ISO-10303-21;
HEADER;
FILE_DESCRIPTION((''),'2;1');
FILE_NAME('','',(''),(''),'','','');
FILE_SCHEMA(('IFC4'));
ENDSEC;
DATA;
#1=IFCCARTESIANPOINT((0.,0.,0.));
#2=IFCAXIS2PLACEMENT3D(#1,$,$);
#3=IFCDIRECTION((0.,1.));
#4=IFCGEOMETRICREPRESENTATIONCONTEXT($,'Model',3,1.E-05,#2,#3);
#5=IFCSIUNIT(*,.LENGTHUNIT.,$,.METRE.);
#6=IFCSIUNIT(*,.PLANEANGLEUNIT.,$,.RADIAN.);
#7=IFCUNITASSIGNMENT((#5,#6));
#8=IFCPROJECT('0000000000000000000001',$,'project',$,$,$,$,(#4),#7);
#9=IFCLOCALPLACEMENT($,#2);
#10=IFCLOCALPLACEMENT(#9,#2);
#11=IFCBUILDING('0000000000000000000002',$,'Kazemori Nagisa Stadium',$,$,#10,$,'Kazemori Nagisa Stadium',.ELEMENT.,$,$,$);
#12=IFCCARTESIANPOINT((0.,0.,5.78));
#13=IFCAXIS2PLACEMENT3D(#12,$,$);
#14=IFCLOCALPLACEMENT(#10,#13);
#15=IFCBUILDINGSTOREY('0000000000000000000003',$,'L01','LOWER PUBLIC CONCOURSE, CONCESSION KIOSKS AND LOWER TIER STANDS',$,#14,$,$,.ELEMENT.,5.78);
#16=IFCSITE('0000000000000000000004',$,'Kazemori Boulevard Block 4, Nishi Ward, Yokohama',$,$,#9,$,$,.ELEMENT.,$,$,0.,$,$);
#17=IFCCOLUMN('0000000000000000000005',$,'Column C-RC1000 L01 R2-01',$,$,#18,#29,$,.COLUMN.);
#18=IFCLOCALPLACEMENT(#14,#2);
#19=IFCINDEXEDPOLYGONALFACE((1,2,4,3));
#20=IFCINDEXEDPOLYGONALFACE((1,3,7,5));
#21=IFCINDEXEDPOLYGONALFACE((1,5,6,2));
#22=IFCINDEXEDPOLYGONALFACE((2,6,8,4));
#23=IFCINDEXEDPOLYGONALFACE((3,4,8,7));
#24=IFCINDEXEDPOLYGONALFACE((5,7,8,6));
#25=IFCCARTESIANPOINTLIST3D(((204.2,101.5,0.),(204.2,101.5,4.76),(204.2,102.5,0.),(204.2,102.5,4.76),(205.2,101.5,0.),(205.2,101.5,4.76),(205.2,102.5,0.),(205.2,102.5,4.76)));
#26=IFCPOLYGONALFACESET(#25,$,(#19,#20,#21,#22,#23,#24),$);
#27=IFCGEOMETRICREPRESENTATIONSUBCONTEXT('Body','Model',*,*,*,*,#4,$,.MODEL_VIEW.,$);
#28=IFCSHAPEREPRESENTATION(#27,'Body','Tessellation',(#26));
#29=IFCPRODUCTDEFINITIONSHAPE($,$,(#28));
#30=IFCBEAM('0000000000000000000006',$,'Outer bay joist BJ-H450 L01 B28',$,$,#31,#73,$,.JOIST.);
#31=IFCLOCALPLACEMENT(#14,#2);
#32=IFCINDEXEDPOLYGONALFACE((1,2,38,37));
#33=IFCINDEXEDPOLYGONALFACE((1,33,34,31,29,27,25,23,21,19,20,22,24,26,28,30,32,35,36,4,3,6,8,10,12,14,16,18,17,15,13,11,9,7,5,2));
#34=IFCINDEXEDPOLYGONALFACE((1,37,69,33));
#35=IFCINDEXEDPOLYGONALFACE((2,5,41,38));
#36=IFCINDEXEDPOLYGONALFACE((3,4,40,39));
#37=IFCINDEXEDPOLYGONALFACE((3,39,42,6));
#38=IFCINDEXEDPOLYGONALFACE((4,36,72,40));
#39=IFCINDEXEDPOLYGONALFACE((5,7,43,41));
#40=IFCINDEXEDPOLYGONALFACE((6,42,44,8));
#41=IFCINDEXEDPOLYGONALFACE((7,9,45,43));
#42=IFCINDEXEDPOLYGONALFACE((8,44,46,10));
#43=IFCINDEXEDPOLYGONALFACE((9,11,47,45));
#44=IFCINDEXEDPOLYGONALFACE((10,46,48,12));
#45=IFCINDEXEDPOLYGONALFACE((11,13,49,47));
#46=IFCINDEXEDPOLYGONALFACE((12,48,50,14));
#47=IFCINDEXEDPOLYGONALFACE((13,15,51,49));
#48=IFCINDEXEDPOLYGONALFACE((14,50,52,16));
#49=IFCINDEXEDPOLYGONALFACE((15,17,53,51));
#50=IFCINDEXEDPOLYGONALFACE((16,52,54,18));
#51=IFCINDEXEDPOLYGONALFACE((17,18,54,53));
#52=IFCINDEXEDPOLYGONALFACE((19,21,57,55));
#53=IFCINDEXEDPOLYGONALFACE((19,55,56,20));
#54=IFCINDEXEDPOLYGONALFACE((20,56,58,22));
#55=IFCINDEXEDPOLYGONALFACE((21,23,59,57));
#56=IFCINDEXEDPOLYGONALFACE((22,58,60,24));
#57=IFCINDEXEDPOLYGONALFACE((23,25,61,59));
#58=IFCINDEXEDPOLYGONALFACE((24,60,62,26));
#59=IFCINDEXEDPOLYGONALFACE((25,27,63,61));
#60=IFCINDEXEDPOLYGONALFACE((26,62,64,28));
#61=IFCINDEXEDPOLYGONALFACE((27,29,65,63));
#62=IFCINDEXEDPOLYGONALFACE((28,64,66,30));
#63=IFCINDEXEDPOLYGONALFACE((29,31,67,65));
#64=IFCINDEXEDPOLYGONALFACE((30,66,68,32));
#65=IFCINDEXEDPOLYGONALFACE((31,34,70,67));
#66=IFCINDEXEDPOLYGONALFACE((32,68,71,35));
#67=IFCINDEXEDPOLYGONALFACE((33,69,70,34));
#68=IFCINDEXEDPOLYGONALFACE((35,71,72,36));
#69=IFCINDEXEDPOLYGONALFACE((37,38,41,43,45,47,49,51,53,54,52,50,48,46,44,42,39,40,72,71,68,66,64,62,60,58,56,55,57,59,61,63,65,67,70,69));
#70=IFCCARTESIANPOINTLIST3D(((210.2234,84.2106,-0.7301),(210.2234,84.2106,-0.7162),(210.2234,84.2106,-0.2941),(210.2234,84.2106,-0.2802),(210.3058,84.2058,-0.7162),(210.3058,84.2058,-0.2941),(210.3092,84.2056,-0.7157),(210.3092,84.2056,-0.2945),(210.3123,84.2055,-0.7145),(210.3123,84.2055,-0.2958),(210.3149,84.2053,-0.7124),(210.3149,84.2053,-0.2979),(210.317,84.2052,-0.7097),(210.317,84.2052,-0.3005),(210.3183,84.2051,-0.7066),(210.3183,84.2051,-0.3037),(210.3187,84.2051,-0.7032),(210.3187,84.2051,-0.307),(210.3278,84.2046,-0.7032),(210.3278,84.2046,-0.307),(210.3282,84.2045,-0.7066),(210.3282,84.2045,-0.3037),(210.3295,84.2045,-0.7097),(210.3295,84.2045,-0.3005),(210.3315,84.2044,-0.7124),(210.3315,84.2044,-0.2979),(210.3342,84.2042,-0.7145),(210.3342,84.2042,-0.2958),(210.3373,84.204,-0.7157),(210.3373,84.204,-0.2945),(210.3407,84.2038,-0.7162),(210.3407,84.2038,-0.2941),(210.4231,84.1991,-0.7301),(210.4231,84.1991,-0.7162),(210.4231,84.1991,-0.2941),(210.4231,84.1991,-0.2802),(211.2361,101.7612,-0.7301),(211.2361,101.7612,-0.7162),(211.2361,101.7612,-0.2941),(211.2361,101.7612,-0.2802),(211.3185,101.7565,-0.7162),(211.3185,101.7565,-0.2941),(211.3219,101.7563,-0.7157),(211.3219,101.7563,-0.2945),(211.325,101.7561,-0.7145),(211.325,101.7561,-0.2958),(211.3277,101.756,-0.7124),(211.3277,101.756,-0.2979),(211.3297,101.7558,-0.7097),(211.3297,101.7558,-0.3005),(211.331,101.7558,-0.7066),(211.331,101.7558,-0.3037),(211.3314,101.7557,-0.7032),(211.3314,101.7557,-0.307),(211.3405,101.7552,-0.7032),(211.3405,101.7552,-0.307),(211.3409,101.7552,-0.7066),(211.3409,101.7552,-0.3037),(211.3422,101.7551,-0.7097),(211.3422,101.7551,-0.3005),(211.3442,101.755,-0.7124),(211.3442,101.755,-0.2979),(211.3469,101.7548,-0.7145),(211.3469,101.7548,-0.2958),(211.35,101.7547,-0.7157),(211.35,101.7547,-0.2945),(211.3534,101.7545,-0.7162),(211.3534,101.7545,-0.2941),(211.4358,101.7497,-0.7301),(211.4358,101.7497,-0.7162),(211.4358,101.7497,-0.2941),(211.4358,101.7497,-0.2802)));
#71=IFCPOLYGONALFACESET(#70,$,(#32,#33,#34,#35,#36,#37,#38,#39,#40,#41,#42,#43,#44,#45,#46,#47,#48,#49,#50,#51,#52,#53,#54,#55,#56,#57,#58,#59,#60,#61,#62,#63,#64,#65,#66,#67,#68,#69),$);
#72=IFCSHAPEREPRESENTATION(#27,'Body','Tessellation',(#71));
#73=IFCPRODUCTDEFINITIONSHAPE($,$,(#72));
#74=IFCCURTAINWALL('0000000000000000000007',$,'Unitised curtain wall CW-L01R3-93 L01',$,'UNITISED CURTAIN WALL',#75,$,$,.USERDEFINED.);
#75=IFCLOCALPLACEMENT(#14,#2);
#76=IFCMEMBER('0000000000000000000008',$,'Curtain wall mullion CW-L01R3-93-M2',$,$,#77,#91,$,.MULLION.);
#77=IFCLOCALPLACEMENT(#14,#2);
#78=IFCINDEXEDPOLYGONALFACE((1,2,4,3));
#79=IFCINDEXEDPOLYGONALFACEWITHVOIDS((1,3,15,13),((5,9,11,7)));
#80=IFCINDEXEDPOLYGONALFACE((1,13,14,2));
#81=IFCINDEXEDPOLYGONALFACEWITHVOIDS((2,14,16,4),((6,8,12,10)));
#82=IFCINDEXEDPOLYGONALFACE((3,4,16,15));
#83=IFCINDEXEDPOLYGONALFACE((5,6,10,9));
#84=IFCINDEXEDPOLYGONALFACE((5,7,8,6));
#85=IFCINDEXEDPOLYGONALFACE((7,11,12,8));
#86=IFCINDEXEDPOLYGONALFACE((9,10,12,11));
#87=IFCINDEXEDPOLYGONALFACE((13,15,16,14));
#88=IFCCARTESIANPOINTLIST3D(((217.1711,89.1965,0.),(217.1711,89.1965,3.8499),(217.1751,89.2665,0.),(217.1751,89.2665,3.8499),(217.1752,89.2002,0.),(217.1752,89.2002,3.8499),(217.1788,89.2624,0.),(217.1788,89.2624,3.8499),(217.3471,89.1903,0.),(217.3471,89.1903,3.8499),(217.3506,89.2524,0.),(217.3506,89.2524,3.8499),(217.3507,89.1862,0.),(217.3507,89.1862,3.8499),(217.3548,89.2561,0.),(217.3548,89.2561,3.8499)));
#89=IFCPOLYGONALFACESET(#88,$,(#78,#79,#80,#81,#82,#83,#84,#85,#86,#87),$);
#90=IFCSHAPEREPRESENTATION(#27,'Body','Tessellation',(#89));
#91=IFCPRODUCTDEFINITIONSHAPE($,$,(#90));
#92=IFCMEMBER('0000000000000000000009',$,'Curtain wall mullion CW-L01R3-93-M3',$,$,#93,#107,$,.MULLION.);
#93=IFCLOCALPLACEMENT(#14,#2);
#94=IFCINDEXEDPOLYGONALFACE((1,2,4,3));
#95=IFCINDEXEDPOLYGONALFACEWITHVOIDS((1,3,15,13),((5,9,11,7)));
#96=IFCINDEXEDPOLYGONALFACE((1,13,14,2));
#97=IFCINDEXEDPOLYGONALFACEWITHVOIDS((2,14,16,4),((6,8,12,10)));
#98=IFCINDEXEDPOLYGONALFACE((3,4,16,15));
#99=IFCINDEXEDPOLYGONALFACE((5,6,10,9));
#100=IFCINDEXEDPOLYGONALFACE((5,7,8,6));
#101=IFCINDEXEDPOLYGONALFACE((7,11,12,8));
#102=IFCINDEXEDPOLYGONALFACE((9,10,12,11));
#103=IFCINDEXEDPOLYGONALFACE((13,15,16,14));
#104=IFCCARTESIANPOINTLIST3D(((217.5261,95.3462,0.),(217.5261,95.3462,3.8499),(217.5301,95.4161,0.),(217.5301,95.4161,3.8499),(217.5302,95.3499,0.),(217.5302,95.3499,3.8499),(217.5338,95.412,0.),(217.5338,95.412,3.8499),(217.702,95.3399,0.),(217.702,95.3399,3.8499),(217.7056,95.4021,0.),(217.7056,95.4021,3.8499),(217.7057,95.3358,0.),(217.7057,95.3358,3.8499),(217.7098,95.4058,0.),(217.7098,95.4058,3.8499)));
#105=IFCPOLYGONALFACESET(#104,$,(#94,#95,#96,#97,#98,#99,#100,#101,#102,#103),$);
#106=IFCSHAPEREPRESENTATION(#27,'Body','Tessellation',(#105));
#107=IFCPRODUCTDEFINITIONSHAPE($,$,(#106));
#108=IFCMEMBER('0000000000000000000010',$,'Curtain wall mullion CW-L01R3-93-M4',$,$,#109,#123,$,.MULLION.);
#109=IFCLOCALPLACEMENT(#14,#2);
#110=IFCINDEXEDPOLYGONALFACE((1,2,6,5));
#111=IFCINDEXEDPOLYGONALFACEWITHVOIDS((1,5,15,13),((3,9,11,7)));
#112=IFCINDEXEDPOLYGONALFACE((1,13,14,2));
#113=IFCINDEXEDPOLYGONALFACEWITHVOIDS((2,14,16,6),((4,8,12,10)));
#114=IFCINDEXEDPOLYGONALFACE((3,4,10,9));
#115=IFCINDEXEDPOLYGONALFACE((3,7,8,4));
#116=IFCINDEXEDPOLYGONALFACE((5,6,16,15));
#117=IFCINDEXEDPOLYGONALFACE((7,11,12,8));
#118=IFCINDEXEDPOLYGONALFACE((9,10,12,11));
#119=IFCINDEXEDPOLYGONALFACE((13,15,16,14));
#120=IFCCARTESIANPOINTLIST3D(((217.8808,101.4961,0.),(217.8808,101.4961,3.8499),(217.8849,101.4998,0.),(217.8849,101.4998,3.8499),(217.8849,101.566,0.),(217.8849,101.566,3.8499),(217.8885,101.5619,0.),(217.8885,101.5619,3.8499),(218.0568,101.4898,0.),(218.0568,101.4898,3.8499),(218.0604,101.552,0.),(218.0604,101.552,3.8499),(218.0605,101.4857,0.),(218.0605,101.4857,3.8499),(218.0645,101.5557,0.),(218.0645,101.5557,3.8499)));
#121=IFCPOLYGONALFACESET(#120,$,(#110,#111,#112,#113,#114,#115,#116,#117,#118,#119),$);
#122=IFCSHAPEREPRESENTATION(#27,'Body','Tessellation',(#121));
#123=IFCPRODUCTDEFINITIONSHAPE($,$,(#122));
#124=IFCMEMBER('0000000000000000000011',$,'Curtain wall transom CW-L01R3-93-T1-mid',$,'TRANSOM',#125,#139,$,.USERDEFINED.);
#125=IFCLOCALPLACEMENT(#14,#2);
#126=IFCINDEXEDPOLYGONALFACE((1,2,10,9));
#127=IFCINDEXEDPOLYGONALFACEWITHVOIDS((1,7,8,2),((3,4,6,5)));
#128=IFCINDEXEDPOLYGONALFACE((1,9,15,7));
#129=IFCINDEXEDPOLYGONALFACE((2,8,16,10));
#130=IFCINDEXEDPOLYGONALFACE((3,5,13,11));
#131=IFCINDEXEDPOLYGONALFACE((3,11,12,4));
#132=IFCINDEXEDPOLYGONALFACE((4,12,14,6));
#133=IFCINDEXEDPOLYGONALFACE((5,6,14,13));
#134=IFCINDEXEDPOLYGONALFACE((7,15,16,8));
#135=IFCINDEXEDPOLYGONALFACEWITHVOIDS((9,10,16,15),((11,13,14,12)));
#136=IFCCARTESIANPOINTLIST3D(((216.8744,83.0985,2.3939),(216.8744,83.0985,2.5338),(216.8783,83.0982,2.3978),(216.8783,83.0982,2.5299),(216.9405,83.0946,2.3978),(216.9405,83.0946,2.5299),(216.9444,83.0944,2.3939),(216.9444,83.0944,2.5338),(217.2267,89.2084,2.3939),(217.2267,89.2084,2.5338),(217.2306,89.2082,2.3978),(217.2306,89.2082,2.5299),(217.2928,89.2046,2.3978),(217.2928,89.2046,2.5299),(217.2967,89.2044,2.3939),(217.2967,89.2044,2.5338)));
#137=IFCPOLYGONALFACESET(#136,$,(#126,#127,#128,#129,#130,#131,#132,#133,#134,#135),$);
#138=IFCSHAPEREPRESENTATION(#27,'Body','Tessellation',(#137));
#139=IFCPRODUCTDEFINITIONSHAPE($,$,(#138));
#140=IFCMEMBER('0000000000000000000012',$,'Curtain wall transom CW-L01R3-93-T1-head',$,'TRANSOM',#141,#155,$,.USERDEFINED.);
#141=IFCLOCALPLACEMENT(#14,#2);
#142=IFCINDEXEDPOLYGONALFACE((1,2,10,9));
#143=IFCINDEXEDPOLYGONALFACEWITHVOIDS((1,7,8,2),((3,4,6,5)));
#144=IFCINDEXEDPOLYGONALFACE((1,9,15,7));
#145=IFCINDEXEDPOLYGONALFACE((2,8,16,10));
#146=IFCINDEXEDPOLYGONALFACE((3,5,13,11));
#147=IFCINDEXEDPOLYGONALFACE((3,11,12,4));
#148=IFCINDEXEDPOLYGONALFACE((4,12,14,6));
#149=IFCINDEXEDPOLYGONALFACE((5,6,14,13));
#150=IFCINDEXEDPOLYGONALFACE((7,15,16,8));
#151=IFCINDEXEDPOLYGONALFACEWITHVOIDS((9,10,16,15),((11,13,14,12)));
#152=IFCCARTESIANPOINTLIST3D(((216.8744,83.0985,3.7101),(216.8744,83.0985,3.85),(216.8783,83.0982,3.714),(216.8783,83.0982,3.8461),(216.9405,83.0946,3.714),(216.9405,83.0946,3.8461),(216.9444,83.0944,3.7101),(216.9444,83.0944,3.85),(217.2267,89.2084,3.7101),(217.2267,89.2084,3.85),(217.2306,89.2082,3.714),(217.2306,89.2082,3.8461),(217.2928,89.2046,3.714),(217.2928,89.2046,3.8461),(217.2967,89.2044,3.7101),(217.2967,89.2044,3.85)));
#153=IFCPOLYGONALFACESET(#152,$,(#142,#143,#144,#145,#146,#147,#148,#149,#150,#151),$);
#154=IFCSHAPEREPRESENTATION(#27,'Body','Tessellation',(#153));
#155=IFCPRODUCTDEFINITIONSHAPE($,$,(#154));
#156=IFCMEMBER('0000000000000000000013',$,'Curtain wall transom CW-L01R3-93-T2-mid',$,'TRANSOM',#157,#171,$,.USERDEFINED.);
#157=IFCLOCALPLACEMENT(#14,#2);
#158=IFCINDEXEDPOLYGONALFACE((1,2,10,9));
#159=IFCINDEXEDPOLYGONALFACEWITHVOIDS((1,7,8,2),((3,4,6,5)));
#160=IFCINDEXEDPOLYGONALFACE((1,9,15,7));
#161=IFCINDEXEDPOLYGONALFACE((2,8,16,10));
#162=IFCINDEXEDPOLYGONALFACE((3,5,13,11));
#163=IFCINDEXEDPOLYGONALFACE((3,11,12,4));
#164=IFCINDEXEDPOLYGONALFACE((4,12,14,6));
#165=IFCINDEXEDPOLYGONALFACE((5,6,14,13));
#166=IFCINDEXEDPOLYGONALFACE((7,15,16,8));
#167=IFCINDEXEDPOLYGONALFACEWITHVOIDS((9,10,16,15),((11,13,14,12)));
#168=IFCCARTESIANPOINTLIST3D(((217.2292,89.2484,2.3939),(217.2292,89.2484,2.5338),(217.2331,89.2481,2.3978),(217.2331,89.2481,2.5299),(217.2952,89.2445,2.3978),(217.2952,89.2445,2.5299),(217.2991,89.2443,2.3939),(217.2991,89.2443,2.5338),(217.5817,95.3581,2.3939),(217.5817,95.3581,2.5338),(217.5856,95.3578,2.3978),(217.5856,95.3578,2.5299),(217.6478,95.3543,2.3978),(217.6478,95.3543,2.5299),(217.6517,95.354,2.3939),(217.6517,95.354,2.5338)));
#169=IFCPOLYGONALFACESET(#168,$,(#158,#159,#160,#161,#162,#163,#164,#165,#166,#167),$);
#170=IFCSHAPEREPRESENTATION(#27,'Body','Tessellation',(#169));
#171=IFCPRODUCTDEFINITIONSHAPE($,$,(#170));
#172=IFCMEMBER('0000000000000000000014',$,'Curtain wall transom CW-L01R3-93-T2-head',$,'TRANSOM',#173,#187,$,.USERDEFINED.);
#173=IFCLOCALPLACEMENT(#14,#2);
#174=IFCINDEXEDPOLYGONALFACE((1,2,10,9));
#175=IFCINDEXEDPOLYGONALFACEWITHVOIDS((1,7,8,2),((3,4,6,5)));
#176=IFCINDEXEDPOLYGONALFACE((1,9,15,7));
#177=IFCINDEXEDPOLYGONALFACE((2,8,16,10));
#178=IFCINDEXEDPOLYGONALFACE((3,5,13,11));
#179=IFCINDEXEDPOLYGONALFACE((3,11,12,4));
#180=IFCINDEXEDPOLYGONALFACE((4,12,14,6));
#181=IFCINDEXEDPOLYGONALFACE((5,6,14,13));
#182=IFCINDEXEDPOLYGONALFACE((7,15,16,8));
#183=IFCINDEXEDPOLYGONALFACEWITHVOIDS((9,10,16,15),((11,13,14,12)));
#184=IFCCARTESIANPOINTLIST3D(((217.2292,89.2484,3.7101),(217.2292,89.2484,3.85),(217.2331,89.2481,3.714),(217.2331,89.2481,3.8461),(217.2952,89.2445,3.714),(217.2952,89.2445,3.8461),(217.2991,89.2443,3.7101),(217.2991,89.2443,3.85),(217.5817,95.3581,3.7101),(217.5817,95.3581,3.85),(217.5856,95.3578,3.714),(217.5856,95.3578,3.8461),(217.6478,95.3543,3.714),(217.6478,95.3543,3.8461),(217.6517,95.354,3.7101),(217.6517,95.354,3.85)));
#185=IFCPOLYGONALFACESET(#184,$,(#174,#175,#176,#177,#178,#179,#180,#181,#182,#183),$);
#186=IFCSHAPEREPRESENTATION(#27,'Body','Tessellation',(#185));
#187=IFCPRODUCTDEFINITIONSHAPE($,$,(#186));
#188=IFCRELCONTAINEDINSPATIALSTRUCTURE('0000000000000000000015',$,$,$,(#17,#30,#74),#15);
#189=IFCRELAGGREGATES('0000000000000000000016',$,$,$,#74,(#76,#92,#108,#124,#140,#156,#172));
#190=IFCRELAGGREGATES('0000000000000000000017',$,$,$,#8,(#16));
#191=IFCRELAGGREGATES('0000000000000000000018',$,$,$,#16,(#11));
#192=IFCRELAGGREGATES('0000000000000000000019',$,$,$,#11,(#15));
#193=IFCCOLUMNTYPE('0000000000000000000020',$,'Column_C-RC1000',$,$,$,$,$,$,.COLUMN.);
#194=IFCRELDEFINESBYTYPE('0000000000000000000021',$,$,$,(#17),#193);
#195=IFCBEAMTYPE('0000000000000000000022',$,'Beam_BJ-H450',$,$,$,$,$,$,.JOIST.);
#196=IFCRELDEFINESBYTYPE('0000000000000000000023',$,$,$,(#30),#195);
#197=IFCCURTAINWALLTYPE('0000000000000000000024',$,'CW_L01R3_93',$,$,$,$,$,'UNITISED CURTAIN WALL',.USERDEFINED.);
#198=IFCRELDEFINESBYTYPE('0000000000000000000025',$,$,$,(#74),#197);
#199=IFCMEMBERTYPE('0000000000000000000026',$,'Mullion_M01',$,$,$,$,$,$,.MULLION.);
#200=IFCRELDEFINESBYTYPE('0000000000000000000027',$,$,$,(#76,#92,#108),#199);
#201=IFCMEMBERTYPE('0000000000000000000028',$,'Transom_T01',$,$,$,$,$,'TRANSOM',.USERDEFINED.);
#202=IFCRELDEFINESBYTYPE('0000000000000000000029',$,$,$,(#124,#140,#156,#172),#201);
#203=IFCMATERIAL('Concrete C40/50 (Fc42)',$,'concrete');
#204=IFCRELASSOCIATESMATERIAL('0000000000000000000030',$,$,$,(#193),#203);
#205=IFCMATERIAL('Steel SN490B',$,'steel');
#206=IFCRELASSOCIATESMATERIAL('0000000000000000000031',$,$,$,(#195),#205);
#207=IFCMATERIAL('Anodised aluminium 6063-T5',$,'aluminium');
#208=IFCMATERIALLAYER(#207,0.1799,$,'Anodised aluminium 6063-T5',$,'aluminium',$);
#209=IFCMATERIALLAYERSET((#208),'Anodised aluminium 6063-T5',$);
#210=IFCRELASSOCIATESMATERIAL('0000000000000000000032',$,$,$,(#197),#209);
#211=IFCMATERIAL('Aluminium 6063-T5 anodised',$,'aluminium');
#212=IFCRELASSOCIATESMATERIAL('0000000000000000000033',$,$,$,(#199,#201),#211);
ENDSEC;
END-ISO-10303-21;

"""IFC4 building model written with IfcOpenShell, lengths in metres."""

from ifc_helpers import new_model, si_unit, direction, frame, origin, origin_2d, place, context, subcontext, project, spatial, rectangle, hollow_rectangle, i_section, extrude, material, layer, layer_set, material_profile, profile_set, type_object, element, aggregate, save


model = new_model("IFC4")

# Units and contexts
model_context = context("Model", 3, precision=1e-05, world=origin(), true_north=direction((0.0, 1.0)))
body_context = subcontext(model_context, "Body", "Model", "MODEL_VIEW")
ifc_project = project(units=[si_unit("LENGTHUNIT", "METRE"), si_unit("PLANEANGLEUNIT", "RADIAN")], contexts=[model_context])

# Site, building, storey
site_placement = place(None, origin())
site = spatial("IfcSite", under=ifc_project, at=site_placement, Name="Kazemori Boulevard Block 4, Nishi Ward, Yokohama", CompositionType="ELEMENT", RefElevation=0.0)
building_placement = place(site_placement, origin())
building = spatial("IfcBuilding", under=site, at=building_placement, Name="Kazemori Nagisa Stadium", LongName="Kazemori Nagisa Stadium", CompositionType="ELEMENT")
storey_placement = place(building_placement, frame((0.0, 0.0, 5.78)))
storey = spatial("IfcBuildingStorey", under=building, at=storey_placement, Name="L01", Description="LOWER PUBLIC CONCOURSE, CONCESSION KIOSKS AND LOWER TIER STANDS", CompositionType="ELEMENT", Elevation=5.78)

# Column
ifc_material_1 = material(Name="Concrete C40/50 (Fc42)", Category="concrete")
ifc_material_profile_1 = material_profile(ifc_material_1, rectangle(XDim=1.0, YDim=1.0, at=origin_2d()), Name="RC-COL-1000x1000")
ifc_profile_set_1 = profile_set([ifc_material_profile_1], Name="Concrete C40/50 (Fc42)")
column_type = type_object("IfcColumnType", Name="Column_C-RC1000", PredefinedType="COLUMN", material=ifc_profile_set_1)
column_placement = place(storey_placement, frame((204.7, 102.0, 0.0), z_axis=(0.0, 0.0, 1.0), x_axis=(1.0, 0.0, 0.0)))
element("IfcColumn", 1, at=column_placement, inside=storey, type_object=column_type, Name="Column C-RC1000 L01 R2-01", PredefinedType="COLUMN", context=body_context, shape_type="SweptSolid", body=[
    extrude(rectangle(XDim=1.0, YDim=1.0, at=origin_2d()), origin(), (0.0, 0.0, 1.0), 4.76),
])

# Beam
ifc_material_2 = material(Name="Steel SN490B", Category="steel")
ifc_material_profile_2 = material_profile(ifc_material_2, i_section(OverallWidth=0.2, OverallDepth=0.45, WebThickness=0.009, FlangeThickness=0.0139, FilletRadius=0.0129, at=origin_2d()), Name="H-450x200x9x14")
ifc_profile_set_2 = profile_set([ifc_material_profile_2], Name="Steel SN490B")
beam_type = type_object("IfcBeamType", Name="Beam_BJ-H450", PredefinedType="JOIST", material=ifc_profile_set_2)
beam_placement = place(storey_placement, frame((210.3232, 84.2048, -0.5051), z_axis=(0.057606, 0.998339, 0.0), x_axis=(-0.998339, 0.057606, 0.0)))
element("IfcBeam", 2, at=beam_placement, inside=storey, type_object=beam_type, Name="Outer bay joist BJ-H450 L01 B28", PredefinedType="JOIST", context=body_context, shape_type="SweptSolid", body=[
    extrude(i_section(OverallWidth=0.2, OverallDepth=0.45, WebThickness=0.009, FlangeThickness=0.0139, FilletRadius=0.0129, at=origin_2d()), origin(), (0.0, 0.0, 1.0), 17.5798),
])

# Curtain wall, members
ifc_material_3 = material(Name="Anodised aluminium 6063-T5", Category="aluminium")
ifc_layer_1 = layer(ifc_material_3, 0.1799, Name="Anodised aluminium 6063-T5", Category="aluminium")
ifc_layer_set_1 = layer_set([ifc_layer_1], Name="Anodised aluminium 6063-T5")
curtain_wall_type = type_object("IfcCurtainWallType", Name="CW_L01R3_93", ElementType="UNITISED CURTAIN WALL", PredefinedType="USERDEFINED", material=ifc_layer_set_1)
curtain_wall_placement = place(storey_placement, origin())
curtain_wall = element("IfcCurtainWall", 3, at=curtain_wall_placement, inside=storey, type_object=curtain_wall_type, Name="Unitised curtain wall CW-L01R3-93 L01", ObjectType="UNITISED CURTAIN WALL", PredefinedType="USERDEFINED")
ifc_material_4 = material(Name="Aluminium 6063-T5 anodised", Category="aluminium")
ifc_material_profile_3 = material_profile(ifc_material_4, hollow_rectangle(XDim=0.0701, YDim=0.1799, WallThickness=0.0039, at=origin_2d()), Name="ALU-MULL-70x180x4")
ifc_profile_set_3 = profile_set([ifc_material_profile_3], Name="Aluminium 6063-T5 anodised")
member_type_1 = type_object("IfcMemberType", Name="Mullion_M01", PredefinedType="MULLION", material=ifc_profile_set_3)
member_1_placement = place(storey_placement, frame((217.2629, 89.2263, 0.0), z_axis=(0.0, 0.0, 1.0), x_axis=(0.057602, 0.99834, 0.0)))
member_1 = element("IfcMember", 4, at=member_1_placement, type_object=member_type_1, Name="Curtain wall mullion CW-L01R3-93-M2", PredefinedType="MULLION", context=body_context, shape_type="SweptSolid", body=[
    extrude(hollow_rectangle(XDim=0.0701, YDim=0.1799, WallThickness=0.0039, at=origin_2d()), origin(), (0.0, 0.0, 1.0), 3.8499),
])
member_2_placement = place(storey_placement, frame((217.6179, 95.376, 0.0), z_axis=(0.0, 0.0, 1.0), x_axis=(0.057602, 0.99834, 0.0)))
member_2 = element("IfcMember", 5, at=member_2_placement, type_object=member_type_1, Name="Curtain wall mullion CW-L01R3-93-M3", PredefinedType="MULLION", context=body_context, shape_type="SweptSolid", body=[
    extrude(hollow_rectangle(XDim=0.0701, YDim=0.1799, WallThickness=0.0039, at=origin_2d()), origin(), (0.0, 0.0, 1.0), 3.8499),
])
member_3_placement = place(storey_placement, frame((217.9727, 101.5259, 0.0), z_axis=(0.0, 0.0, 1.0), x_axis=(0.057602, 0.99834, 0.0)))
member_3 = element("IfcMember", 6, at=member_3_placement, type_object=member_type_1, Name="Curtain wall mullion CW-L01R3-93-M4", PredefinedType="MULLION", context=body_context, shape_type="SweptSolid", body=[
    extrude(hollow_rectangle(XDim=0.0701, YDim=0.1799, WallThickness=0.0039, at=origin_2d()), origin(), (0.0, 0.0, 1.0), 3.8499),
])
ifc_material_profile_4 = material_profile(ifc_material_4, hollow_rectangle(XDim=0.0701, YDim=0.1399, WallThickness=0.0039, at=origin_2d()), Name="ALU-TRAN-70x140x4")
ifc_profile_set_4 = profile_set([ifc_material_profile_4], Name="Aluminium 6063-T5 anodised")
member_type_2 = type_object("IfcMemberType", Name="Transom_T01", ElementType="TRANSOM", PredefinedType="USERDEFINED", material=ifc_profile_set_4)
member_4_placement = place(storey_placement, frame((216.9094, 83.0964, 2.4639), z_axis=(0.057564, 0.998342, 0.0), x_axis=(-0.998342, 0.057564, 0.0)))
member_4 = element("IfcMember", 7, at=member_4_placement, type_object=member_type_2, Name="Curtain wall transom CW-L01R3-93-T1-mid", ObjectType="TRANSOM", PredefinedType="USERDEFINED", context=body_context, shape_type="SweptSolid", body=[
    extrude(hollow_rectangle(XDim=0.0701, YDim=0.1399, WallThickness=0.0039, at=origin_2d()), origin(), (0.0, 0.0, 1.0), 6.1201),
])
member_5_placement = place(storey_placement, frame((216.9094, 83.0964, 3.78), z_axis=(0.057564, 0.998342, 0.0), x_axis=(-0.998342, 0.057564, 0.0)))
member_5 = element("IfcMember", 8, at=member_5_placement, type_object=member_type_2, Name="Curtain wall transom CW-L01R3-93-T1-head", ObjectType="TRANSOM", PredefinedType="USERDEFINED", context=body_context, shape_type="SweptSolid", body=[
    extrude(hollow_rectangle(XDim=0.0701, YDim=0.1399, WallThickness=0.0039, at=origin_2d()), origin(), (0.0, 0.0, 1.0), 6.1201),
])
member_6_placement = place(storey_placement, frame((217.2642, 89.2463, 2.4639), z_axis=(0.057606, 0.998339, 0.0), x_axis=(-0.998339, 0.057606, 0.0)))
member_6 = element("IfcMember", 9, at=member_6_placement, type_object=member_type_2, Name="Curtain wall transom CW-L01R3-93-T2-mid", ObjectType="TRANSOM", PredefinedType="USERDEFINED", context=body_context, shape_type="SweptSolid", body=[
    extrude(hollow_rectangle(XDim=0.0701, YDim=0.1399, WallThickness=0.0039, at=origin_2d()), origin(), (0.0, 0.0, 1.0), 6.1199),
])
member_7_placement = place(storey_placement, frame((217.2642, 89.2463, 3.78), z_axis=(0.057606, 0.998339, 0.0), x_axis=(-0.998339, 0.057606, 0.0)))
member_7 = element("IfcMember", 10, at=member_7_placement, type_object=member_type_2, Name="Curtain wall transom CW-L01R3-93-T2-head", ObjectType="TRANSOM", PredefinedType="USERDEFINED", context=body_context, shape_type="SweptSolid", body=[
    extrude(hollow_rectangle(XDim=0.0701, YDim=0.1399, WallThickness=0.0039, at=origin_2d()), origin(), (0.0, 0.0, 1.0), 6.1199),
])
aggregate(curtain_wall, [member_1, member_2, member_3, member_4, member_5, member_6, member_7])

save(model, "model.ifc")
